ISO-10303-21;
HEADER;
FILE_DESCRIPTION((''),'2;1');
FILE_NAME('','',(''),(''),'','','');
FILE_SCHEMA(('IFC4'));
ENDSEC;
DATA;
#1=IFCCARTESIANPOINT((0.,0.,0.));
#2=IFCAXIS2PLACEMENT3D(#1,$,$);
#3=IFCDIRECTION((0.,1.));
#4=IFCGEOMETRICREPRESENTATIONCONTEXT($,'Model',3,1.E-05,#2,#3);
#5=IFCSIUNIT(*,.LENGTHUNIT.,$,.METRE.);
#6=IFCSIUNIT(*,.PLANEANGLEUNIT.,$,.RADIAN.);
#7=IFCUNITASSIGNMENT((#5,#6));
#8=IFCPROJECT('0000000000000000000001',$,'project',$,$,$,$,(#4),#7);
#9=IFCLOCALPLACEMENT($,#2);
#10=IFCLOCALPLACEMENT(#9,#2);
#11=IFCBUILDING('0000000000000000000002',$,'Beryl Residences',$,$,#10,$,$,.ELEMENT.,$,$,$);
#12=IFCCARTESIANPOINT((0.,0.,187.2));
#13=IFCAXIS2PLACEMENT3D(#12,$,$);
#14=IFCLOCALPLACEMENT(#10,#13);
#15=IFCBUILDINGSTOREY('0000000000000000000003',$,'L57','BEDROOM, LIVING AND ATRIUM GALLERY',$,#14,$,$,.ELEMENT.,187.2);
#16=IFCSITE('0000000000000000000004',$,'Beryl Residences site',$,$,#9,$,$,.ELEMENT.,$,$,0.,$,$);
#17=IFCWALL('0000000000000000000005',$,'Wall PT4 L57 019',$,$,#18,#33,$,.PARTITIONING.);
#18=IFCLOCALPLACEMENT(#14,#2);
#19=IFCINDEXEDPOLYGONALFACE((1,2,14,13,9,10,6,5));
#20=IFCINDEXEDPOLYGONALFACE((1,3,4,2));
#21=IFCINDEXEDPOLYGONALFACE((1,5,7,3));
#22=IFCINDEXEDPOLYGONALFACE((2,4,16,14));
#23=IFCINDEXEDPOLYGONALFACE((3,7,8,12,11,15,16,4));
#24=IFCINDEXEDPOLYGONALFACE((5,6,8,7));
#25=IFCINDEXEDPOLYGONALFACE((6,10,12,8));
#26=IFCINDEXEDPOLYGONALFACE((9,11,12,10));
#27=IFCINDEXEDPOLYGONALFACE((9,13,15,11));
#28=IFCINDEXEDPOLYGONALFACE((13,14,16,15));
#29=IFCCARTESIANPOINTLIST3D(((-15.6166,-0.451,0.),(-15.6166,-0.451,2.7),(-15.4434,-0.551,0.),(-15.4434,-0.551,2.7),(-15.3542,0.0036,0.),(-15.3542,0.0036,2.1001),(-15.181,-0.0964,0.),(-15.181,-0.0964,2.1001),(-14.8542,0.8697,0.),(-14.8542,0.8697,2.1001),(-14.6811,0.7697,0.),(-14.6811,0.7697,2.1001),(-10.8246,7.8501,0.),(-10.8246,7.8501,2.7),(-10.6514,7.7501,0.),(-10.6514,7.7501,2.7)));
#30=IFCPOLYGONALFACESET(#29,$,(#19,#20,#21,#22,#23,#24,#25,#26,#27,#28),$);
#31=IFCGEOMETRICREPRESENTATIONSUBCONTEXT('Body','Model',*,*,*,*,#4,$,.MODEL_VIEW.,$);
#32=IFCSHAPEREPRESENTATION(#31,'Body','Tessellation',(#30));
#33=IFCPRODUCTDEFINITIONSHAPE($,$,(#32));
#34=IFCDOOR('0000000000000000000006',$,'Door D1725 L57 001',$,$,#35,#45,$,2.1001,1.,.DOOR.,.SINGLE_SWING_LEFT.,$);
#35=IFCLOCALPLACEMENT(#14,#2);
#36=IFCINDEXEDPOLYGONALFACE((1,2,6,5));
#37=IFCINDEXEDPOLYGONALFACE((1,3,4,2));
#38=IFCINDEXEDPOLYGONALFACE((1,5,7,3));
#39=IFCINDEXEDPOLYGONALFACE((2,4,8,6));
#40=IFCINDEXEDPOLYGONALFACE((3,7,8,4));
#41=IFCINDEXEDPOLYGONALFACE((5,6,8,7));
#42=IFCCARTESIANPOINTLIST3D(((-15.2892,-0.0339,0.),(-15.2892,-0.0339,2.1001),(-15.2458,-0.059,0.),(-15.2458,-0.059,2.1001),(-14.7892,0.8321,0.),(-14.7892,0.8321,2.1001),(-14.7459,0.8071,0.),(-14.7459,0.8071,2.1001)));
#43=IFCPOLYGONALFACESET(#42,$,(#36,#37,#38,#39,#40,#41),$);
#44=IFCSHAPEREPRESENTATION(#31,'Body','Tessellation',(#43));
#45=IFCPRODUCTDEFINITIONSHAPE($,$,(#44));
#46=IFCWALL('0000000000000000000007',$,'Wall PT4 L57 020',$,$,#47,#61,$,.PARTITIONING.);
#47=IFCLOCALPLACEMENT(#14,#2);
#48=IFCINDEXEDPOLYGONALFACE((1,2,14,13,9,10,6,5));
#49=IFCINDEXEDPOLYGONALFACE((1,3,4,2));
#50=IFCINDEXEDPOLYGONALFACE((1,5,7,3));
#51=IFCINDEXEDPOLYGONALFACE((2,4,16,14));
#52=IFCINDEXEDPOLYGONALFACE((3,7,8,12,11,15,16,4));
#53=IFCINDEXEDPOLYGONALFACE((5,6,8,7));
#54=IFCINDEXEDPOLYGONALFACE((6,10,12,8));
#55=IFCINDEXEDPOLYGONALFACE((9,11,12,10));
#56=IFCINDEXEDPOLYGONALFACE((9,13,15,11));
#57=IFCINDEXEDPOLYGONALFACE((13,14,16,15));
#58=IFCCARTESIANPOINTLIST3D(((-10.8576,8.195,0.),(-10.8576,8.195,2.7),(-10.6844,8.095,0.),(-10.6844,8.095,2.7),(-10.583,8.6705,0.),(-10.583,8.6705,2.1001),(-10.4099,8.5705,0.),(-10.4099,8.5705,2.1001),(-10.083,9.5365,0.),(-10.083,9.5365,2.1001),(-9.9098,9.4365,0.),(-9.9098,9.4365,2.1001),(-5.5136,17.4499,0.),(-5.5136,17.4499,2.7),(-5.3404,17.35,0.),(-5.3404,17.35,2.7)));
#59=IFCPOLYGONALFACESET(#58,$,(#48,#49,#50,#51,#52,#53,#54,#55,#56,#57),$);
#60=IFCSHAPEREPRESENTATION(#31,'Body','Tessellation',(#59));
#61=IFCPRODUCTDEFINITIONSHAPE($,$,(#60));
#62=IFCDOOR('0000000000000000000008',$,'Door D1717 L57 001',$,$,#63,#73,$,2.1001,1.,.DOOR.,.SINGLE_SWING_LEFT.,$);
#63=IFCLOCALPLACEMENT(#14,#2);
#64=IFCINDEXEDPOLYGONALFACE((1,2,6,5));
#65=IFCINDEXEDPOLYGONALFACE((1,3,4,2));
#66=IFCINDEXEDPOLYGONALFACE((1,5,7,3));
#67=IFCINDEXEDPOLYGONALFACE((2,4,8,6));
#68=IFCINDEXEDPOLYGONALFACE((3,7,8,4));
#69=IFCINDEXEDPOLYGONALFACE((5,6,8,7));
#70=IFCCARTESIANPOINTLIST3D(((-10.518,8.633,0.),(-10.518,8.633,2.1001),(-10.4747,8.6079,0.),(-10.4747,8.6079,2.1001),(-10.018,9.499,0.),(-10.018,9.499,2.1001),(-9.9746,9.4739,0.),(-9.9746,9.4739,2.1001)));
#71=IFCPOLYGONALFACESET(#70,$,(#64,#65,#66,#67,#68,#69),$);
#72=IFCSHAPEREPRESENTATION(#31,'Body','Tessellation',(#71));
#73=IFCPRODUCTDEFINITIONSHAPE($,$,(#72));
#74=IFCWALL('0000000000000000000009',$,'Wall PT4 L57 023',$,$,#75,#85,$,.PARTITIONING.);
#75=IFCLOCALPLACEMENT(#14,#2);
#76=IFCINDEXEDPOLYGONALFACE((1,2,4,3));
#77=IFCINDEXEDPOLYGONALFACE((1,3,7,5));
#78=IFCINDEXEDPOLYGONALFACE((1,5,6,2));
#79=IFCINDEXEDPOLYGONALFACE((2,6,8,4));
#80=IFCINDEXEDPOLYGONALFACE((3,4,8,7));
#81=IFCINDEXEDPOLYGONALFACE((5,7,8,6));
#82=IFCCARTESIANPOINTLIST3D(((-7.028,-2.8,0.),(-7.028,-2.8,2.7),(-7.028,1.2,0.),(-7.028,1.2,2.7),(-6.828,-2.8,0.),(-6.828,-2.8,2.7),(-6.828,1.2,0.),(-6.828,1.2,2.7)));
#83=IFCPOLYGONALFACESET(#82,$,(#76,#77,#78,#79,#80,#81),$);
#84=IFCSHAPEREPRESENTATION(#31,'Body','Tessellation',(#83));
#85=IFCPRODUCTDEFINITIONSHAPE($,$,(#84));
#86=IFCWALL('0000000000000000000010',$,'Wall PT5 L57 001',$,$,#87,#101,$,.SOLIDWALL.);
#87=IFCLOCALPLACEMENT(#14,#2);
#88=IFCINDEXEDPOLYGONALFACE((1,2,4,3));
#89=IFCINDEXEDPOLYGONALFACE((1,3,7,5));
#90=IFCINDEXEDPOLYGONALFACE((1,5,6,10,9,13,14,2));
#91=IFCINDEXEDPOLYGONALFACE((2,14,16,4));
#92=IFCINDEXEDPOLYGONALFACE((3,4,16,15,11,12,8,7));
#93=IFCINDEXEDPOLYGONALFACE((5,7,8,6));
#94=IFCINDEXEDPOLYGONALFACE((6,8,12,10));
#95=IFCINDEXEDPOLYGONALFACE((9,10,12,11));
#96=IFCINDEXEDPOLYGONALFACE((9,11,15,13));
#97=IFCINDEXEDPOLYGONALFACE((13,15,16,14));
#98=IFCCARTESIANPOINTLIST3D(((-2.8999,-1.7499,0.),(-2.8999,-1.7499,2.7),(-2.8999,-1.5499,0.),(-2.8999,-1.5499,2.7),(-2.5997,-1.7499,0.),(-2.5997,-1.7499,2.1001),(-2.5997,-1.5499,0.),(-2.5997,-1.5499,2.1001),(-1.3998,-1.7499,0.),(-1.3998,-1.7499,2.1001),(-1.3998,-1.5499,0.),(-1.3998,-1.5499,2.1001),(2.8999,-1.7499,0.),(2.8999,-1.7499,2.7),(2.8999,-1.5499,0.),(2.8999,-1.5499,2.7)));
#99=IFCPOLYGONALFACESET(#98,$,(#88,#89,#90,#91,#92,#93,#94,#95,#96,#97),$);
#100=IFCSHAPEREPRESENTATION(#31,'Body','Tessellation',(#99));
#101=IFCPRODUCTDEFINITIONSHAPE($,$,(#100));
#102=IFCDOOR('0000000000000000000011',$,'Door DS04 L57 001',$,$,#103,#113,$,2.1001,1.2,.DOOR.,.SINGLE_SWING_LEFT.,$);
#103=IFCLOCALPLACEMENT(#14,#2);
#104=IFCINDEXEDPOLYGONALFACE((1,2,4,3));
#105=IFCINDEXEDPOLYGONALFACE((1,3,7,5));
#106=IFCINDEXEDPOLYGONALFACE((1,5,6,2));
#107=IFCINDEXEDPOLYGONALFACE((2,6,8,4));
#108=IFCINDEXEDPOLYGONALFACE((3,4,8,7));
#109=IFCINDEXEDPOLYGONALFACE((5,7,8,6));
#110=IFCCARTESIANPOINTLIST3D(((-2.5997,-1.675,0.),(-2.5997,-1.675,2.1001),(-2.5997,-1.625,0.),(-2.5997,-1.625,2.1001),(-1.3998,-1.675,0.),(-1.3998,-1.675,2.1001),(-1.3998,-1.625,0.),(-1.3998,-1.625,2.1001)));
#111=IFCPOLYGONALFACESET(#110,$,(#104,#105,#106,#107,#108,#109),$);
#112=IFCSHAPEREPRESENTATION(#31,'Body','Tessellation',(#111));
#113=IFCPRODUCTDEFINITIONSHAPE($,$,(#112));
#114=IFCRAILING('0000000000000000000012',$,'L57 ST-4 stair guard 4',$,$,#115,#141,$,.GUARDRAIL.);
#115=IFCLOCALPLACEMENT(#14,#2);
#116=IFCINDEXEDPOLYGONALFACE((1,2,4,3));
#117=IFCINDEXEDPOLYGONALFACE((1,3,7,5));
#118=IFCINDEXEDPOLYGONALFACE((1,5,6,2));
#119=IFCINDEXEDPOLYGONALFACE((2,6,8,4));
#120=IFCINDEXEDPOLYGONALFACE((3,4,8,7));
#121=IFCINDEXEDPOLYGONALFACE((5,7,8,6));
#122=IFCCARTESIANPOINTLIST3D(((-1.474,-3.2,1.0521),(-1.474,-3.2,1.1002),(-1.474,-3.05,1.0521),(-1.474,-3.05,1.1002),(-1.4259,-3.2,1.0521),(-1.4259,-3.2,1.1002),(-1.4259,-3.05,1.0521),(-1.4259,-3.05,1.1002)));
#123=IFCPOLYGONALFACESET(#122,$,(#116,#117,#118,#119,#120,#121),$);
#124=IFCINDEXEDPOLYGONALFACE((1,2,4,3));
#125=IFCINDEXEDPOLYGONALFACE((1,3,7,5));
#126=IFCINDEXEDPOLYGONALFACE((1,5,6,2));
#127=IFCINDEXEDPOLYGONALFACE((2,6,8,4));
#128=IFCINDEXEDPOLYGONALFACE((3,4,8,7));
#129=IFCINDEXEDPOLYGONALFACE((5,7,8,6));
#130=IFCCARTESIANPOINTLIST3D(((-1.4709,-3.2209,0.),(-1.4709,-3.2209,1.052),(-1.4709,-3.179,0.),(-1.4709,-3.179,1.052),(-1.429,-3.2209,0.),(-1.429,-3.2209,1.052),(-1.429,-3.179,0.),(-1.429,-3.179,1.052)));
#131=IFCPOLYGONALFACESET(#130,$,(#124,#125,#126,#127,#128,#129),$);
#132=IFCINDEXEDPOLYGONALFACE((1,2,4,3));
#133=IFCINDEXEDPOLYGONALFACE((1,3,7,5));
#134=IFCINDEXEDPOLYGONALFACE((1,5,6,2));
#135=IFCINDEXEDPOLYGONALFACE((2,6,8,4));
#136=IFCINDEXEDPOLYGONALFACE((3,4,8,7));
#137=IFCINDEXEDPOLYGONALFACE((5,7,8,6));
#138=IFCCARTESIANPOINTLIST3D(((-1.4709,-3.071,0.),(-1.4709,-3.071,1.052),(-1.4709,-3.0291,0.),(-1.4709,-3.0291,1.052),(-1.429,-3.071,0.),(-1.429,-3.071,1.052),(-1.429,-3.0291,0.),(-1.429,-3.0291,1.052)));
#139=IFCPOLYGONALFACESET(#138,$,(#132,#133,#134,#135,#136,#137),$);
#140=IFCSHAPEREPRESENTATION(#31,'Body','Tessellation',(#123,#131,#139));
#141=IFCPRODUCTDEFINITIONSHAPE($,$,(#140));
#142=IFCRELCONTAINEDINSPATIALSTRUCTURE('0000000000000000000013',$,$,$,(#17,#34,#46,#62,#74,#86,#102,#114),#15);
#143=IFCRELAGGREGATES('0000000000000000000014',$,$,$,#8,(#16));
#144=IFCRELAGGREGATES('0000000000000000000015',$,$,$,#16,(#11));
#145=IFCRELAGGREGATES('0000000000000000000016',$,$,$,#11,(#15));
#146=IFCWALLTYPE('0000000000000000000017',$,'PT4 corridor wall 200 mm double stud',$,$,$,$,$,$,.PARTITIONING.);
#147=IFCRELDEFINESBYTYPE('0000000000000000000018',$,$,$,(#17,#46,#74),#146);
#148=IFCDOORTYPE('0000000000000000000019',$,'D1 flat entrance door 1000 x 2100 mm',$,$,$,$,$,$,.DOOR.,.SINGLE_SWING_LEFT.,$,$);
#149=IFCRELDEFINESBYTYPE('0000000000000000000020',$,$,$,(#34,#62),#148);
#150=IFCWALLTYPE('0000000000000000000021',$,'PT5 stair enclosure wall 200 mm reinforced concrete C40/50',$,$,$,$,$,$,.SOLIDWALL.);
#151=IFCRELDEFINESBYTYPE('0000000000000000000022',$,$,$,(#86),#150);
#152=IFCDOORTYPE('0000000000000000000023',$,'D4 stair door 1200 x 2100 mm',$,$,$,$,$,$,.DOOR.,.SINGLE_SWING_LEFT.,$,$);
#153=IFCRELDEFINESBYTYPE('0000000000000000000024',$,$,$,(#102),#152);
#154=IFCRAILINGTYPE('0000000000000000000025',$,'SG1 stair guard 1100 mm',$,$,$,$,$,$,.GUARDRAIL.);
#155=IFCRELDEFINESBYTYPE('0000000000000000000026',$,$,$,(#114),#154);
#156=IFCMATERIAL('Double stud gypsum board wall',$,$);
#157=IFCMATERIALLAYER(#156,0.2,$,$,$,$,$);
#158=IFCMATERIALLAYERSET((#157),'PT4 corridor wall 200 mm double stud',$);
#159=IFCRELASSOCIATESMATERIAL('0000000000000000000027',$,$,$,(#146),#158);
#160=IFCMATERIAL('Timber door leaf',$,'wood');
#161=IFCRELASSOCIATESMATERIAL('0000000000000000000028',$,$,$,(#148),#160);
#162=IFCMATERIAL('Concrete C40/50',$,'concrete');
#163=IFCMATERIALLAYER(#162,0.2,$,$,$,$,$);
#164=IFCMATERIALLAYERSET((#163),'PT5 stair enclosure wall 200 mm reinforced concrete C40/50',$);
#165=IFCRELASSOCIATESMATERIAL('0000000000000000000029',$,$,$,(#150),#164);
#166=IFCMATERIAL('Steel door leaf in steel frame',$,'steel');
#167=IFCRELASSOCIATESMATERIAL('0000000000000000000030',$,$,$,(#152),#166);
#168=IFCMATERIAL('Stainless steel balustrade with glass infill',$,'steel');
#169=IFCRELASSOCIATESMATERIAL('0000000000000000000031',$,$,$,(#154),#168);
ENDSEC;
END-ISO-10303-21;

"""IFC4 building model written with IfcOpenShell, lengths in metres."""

from ifc_helpers import new_model, si_unit, direction, frame, frame_2d, origin, origin_2d, place, context, subcontext, project, spatial, rectangle, extrude, material, layer, layer_set, type_object, element, fill, save


model = new_model("IFC4")

# Units and contexts
model_context = context("Model", 3, precision=1e-05, world=origin(), true_north=direction((0.0, 1.0)))
body_context = subcontext(model_context, "Body", "Model", "MODEL_VIEW")
ifc_project = project(units=[si_unit("LENGTHUNIT", "METRE"), si_unit("PLANEANGLEUNIT", "RADIAN")], contexts=[model_context])

# Site, building, storey
site_placement = place(None, origin())
site = spatial("IfcSite", under=ifc_project, at=site_placement, Name="Beryl Residences site", CompositionType="ELEMENT", RefElevation=0.0)
building_placement = place(site_placement, origin())
building = spatial("IfcBuilding", under=site, at=building_placement, Name="Beryl Residences", CompositionType="ELEMENT")
storey_placement = place(building_placement, frame((0.0, 0.0, 187.2)))
storey = spatial("IfcBuildingStorey", under=building, at=storey_placement, Name="L57", Description="BEDROOM, LIVING AND ATRIUM GALLERY", CompositionType="ELEMENT", Elevation=187.2)

# Shared definitions
ifc_material_1 = material(Name="Double stud gypsum board wall")
ifc_layer_1 = layer(ifc_material_1, 0.2)
ifc_layer_set_1 = layer_set([ifc_layer_1], Name="PT4 corridor wall 200 mm double stud")
wall_type_1 = type_object("IfcWallType", Name="PT4 corridor wall 200 mm double stud", PredefinedType="PARTITIONING", material=ifc_layer_set_1)

# Walls, openings, doors
wall_1_placement = place(storey_placement, frame((-15.53, -0.501, 0.0), z_axis=(0.0, 0.0, 1.0), x_axis=(0.499952, 0.866053, 0.0)))
wall_1 = element("IfcWall", 1, at=wall_1_placement, inside=storey, type_object=wall_type_1, Name="Wall PT4 L57 019", PredefinedType="PARTITIONING", context=body_context, shape_type="SweptSolid", body=[
    extrude(rectangle(XDim=9.585, YDim=0.2, at=frame_2d((4.7925, 0.0))), origin(), (0.0, 0.0, 1.0), 2.7),
])
opening_1_placement = place(wall_1_placement, frame((0.5249, 0.0, 0.0)))
opening_1 = element("IfcOpeningElement", 2, at=opening_1_placement, cuts=wall_1, PredefinedType="OPENING", context=body_context, shape_type="SweptSolid", body=[
    extrude(rectangle(XDim=1.0, YDim=2.1001, at=frame_2d((0.5, 1.05))), frame((0.0, 0.1099, 0.0), z_axis=(0.0, -1.0, 0.0), x_axis=(1.0, 0.0, 0.0)), (0.0, 0.0, 1.0), 0.22),
])
ifc_material_2 = material(Name="Timber door leaf", Category="wood")
door_type_1 = type_object("IfcDoorType", Name="D1 flat entrance door 1000 x 2100 mm", OperationType="SINGLE_SWING_LEFT", PredefinedType="DOOR", material=ifc_material_2)
door_1_placement = place(opening_1_placement, origin())
door_1 = element("IfcDoor", 3, at=door_1_placement, inside=storey, type_object=door_type_1, Name="Door D1725 L57 001", OperationType="SINGLE_SWING_LEFT", OverallHeight=2.1001, OverallWidth=1.0, PredefinedType="DOOR", context=body_context, shape_type="SweptSolid", body=[
    extrude(rectangle(XDim=1.0, YDim=2.1001, at=frame_2d((0.5, 1.05))), frame((0.0, 0.0249, 0.0), z_axis=(0.0, -1.0, 0.0), x_axis=(1.0, 0.0, 0.0)), (0.0, 0.0, 1.0), 0.05),
])
fill(opening_1, door_1)
wall_2_placement = place(storey_placement, frame((-10.771, 8.145, 0.0), z_axis=(0.0, 0.0, 1.0), x_axis=(0.500048, 0.865998, 0.0)))
wall_2 = element("IfcWall", 4, at=wall_2_placement, inside=storey, type_object=wall_type_1, Name="Wall PT4 L57 020", PredefinedType="PARTITIONING", context=body_context, shape_type="SweptSolid", body=[
    extrude(rectangle(XDim=10.687, YDim=0.2, at=frame_2d((5.3435, 0.0))), origin(), (0.0, 0.0, 1.0), 2.7),
])
opening_2_placement = place(wall_2_placement, frame((0.5491, 0.0, 0.0)))
opening_2 = element("IfcOpeningElement", 5, at=opening_2_placement, cuts=wall_2, PredefinedType="OPENING", context=body_context, shape_type="SweptSolid", body=[
    extrude(rectangle(XDim=1.0, YDim=2.1001, at=frame_2d((0.5, 1.05))), frame((0.0, 0.1099, 0.0), z_axis=(0.0, -1.0, 0.0), x_axis=(1.0, 0.0, 0.0)), (0.0, 0.0, 1.0), 0.22),
])
door_2_placement = place(opening_2_placement, origin())
door_2 = element("IfcDoor", 6, at=door_2_placement, inside=storey, type_object=door_type_1, Name="Door D1717 L57 001", OperationType="SINGLE_SWING_LEFT", OverallHeight=2.1001, OverallWidth=1.0, PredefinedType="DOOR", context=body_context, shape_type="SweptSolid", body=[
    extrude(rectangle(XDim=1.0, YDim=2.1001, at=frame_2d((0.5, 1.05))), frame((0.0, 0.0249, 0.0), z_axis=(0.0, -1.0, 0.0), x_axis=(1.0, 0.0, 0.0)), (0.0, 0.0, 1.0), 0.05),
])
fill(opening_2, door_2)

# Wall
wall_3_placement = place(storey_placement, frame((-6.928, -2.8, 0.0), z_axis=(0.0, 0.0, 1.0), x_axis=(0.0, 1.0, 0.0)))
element("IfcWall", 7, at=wall_3_placement, inside=storey, type_object=wall_type_1, Name="Wall PT4 L57 023", PredefinedType="PARTITIONING", context=body_context, shape_type="SweptSolid", body=[
    extrude(rectangle(XDim=4.0, YDim=0.2, at=frame_2d((2.0, 0.0))), origin(), (0.0, 0.0, 1.0), 2.7),
])

# Wall, opening, door
ifc_material_3 = material(Name="Concrete C40/50", Category="concrete")
ifc_layer_2 = layer(ifc_material_3, 0.2)
ifc_layer_set_2 = layer_set([ifc_layer_2], Name="PT5 stair enclosure wall 200 mm reinforced concrete C40/50")
wall_type_2 = type_object("IfcWallType", Name="PT5 stair enclosure wall 200 mm reinforced concrete C40/50", PredefinedType="SOLIDWALL", material=ifc_layer_set_2)
wall_4_placement = place(storey_placement, frame((-2.8999, -1.6499, 0.0), z_axis=(0.0, 0.0, 1.0), x_axis=(1.0, 0.0, 0.0)))
wall_4 = element("IfcWall", 8, at=wall_4_placement, inside=storey, type_object=wall_type_2, Name="Wall PT5 L57 001", PredefinedType="SOLIDWALL", context=body_context, shape_type="SweptSolid", body=[
    extrude(rectangle(XDim=5.7998, YDim=0.2, at=frame_2d((2.8999, 0.0))), origin(), (0.0, 0.0, 1.0), 2.7),
])
opening_3_placement = place(wall_4_placement, frame((0.3, 0.0, 0.0)))
opening_3 = element("IfcOpeningElement", 9, at=opening_3_placement, cuts=wall_4, PredefinedType="OPENING", context=body_context, shape_type="SweptSolid", body=[
    extrude(rectangle(XDim=1.2, YDim=2.1001, at=frame_2d((0.6001, 1.05))), frame((0.0, 0.1099, 0.0), z_axis=(0.0, -1.0, 0.0), x_axis=(1.0, 0.0, 0.0)), (0.0, 0.0, 1.0), 0.22),
])
ifc_material_4 = material(Name="Steel door leaf in steel frame", Category="steel")
door_type_2 = type_object("IfcDoorType", Name="D4 stair door 1200 x 2100 mm", OperationType="SINGLE_SWING_LEFT", PredefinedType="DOOR", material=ifc_material_4)
door_3_placement = place(opening_3_placement, origin())
door_3 = element("IfcDoor", 10, at=door_3_placement, inside=storey, type_object=door_type_2, Name="Door DS04 L57 001", OperationType="SINGLE_SWING_LEFT", OverallHeight=2.1001, OverallWidth=1.2, PredefinedType="DOOR", context=body_context, shape_type="SweptSolid", body=[
    extrude(rectangle(XDim=1.2, YDim=2.1001, at=frame_2d((0.6001, 1.05))), frame((0.0, 0.0249, 0.0), z_axis=(0.0, -1.0, 0.0), x_axis=(1.0, 0.0, 0.0)), (0.0, 0.0, 1.0), 0.05),
])
fill(opening_3, door_3)

# Railing
ifc_material_5 = material(Name="Stainless steel balustrade with glass infill", Category="steel")
railing_type = type_object("IfcRailingType", Name="SG1 stair guard 1100 mm", PredefinedType="GUARDRAIL", material=ifc_material_5)
railing_placement = place(storey_placement, frame((-1.45, -3.2, 0.0)))
element("IfcRailing", 11, at=railing_placement, inside=storey, type_object=railing_type, Name="L57 ST-4 stair guard 4", PredefinedType="GUARDRAIL", context=body_context, shape_type="SweptSolid", body=[
    extrude(rectangle(XDim=0.0481, YDim=0.0481, at=origin_2d()), frame((0.0, 0.0, 1.0762), z_axis=(0.0, 1.0, 0.0), x_axis=(-1.0, 0.0, 0.0)), (0.0, 0.0, 1.0), 0.1499),
    extrude(rectangle(XDim=0.042, YDim=0.042, at=origin_2d()), origin(), (0.0, 0.0, 1.0), 1.052),
    extrude(rectangle(XDim=0.042, YDim=0.042, at=origin_2d()), frame((0.0, 0.1499, 0.0)), (0.0, 0.0, 1.0), 1.052),
])

save(model, "model.ifc")
